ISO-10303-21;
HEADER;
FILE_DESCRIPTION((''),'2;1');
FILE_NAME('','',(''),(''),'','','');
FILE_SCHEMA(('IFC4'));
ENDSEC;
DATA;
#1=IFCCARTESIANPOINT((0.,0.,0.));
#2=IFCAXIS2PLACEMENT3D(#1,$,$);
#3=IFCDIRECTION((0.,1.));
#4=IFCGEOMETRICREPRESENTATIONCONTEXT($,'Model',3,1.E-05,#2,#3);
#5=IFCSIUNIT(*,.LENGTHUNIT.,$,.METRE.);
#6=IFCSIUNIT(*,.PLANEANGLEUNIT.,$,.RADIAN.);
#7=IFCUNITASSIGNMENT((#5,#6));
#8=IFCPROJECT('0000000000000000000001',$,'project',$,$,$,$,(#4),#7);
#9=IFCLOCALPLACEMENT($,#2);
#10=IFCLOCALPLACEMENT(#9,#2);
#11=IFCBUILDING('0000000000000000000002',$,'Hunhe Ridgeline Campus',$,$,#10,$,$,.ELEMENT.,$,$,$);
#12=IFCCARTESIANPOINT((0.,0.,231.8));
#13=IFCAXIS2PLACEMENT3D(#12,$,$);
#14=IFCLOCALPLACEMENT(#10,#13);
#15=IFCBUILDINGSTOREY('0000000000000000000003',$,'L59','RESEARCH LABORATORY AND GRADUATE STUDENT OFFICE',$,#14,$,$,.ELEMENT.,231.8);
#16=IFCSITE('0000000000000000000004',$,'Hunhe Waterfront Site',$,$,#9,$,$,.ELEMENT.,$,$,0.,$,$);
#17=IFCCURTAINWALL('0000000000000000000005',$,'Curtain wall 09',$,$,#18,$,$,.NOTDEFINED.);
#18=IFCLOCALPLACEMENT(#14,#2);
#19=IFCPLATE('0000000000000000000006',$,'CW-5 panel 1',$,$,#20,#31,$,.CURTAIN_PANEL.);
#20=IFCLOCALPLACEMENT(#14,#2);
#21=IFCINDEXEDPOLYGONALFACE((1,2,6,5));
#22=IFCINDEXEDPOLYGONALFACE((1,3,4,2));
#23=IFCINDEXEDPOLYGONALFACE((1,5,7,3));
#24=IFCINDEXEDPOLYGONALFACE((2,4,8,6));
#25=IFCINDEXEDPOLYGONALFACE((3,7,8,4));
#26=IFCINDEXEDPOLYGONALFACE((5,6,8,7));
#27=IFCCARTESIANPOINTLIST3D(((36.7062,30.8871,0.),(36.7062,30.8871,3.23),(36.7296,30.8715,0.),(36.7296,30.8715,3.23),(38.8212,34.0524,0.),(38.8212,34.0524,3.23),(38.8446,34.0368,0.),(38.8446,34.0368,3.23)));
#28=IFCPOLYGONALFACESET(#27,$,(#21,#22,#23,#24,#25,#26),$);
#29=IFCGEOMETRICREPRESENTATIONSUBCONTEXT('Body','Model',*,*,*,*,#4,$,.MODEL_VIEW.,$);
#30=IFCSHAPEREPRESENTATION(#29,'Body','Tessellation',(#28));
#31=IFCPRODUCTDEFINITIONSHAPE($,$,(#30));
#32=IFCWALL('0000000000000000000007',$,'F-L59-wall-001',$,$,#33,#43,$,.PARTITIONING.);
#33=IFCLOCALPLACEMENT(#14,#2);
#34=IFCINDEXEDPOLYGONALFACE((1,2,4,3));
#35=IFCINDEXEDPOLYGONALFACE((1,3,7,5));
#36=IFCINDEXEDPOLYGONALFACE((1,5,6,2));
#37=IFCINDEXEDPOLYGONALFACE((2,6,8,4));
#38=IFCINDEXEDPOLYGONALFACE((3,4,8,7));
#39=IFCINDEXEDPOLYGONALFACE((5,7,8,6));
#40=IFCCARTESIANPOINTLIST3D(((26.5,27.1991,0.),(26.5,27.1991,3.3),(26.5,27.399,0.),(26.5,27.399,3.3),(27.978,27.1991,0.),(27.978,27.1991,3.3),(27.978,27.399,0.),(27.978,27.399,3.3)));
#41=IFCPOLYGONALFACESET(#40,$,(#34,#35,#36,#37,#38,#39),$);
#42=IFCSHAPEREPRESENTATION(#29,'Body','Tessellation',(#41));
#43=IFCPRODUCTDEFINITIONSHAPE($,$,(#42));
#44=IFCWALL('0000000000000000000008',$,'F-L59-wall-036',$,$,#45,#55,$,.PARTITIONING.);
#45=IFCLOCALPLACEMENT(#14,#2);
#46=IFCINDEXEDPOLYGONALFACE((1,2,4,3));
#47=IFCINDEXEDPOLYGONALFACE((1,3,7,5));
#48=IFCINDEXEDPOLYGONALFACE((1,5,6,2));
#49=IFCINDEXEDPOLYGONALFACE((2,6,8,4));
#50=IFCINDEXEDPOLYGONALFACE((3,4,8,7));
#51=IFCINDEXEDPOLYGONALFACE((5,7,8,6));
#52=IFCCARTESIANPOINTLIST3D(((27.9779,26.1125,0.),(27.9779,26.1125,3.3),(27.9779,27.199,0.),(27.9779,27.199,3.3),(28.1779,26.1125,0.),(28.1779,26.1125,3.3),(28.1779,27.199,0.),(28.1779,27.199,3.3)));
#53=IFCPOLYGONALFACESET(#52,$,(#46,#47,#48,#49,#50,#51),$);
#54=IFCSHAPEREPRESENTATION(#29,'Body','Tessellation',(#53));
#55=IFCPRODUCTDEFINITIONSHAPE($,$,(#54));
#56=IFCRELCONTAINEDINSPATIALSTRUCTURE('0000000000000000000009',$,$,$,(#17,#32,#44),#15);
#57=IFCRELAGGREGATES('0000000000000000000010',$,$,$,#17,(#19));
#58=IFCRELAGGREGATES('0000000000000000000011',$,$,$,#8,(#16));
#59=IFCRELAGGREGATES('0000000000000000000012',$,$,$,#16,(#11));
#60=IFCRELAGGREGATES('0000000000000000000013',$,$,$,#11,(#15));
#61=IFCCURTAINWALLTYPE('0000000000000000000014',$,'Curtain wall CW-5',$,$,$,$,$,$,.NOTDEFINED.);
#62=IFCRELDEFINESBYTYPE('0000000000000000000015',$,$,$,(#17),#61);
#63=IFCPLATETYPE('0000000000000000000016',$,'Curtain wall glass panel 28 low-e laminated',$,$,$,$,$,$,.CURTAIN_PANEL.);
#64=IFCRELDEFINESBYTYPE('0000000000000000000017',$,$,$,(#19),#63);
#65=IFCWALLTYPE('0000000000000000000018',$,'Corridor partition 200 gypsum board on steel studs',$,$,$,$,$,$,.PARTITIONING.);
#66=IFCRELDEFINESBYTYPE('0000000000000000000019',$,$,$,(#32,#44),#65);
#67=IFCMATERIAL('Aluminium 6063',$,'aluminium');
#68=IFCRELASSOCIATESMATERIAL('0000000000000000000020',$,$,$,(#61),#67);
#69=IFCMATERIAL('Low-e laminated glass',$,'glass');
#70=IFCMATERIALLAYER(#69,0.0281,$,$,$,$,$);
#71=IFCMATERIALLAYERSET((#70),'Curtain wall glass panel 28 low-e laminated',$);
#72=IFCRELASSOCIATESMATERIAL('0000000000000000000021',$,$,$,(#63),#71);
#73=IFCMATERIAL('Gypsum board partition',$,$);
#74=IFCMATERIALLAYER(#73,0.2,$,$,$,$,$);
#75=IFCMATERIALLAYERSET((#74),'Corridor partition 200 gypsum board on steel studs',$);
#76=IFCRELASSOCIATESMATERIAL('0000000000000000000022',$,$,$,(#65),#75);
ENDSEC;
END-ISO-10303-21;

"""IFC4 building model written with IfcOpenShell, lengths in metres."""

from ifc_helpers import new_model, si_unit, direction, frame, frame_2d, origin, origin_2d, place, context, subcontext, project, spatial, rectangle, extrude, material, layer, layer_set, type_object, element, aggregate, save


model = new_model("IFC4")

# Units and contexts
model_context = context("Model", 3, precision=1e-05, world=origin(), true_north=direction((0.0, 1.0)))
body_context = subcontext(model_context, "Body", "Model", "MODEL_VIEW")
ifc_project = project(units=[si_unit("LENGTHUNIT", "METRE"), si_unit("PLANEANGLEUNIT", "RADIAN")], contexts=[model_context])

# Site, building, storey
site_placement = place(None, origin())
site = spatial("IfcSite", under=ifc_project, at=site_placement, Name="Hunhe Waterfront Site", CompositionType="ELEMENT", RefElevation=0.0)
building_placement = place(site_placement, origin())
building = spatial("IfcBuilding", under=site, at=building_placement, Name="Hunhe Ridgeline Campus", CompositionType="ELEMENT")
storey_placement = place(building_placement, frame((0.0, 0.0, 231.8)))
storey = spatial("IfcBuildingStorey", under=building, at=storey_placement, Name="L59", Description="RESEARCH LABORATORY AND GRADUATE STUDENT OFFICE", CompositionType="ELEMENT", Elevation=231.8)

# Shared definitions
ifc_material_1 = material(Name="Aluminium 6063", Category="aluminium")
curtain_wall_type = type_object("IfcCurtainWallType", Name="Curtain wall CW-5", PredefinedType="NOTDEFINED", material=ifc_material_1)

# Curtain wall
curtain_wall_1_placement = place(storey_placement, origin())
curtain_wall_1 = element("IfcCurtainWall", 1, at=curtain_wall_1_placement, inside=storey, type_object=curtain_wall_type, Name="Curtain wall 09", PredefinedType="NOTDEFINED")

# Plate
ifc_material_2 = material(Name="Low-e laminated glass", Category="glass")
ifc_layer_1 = layer(ifc_material_2, 0.0281)
ifc_layer_set_1 = layer_set([ifc_layer_1], Name="Curtain wall glass panel 28 low-e laminated")
plate_type = type_object("IfcPlateType", Name="Curtain wall glass panel 28 low-e laminated", PredefinedType="CURTAIN_PANEL", material=ifc_layer_set_1)
plate_1_placement = place(storey_placement, frame((37.7754, 32.4619, 0.0), z_axis=(0.0, 0.0, 1.0), x_axis=(0.55557, 0.83147, 0.0)))
plate_1 = element("IfcPlate", 2, at=plate_1_placement, type_object=plate_type, Name="CW-5 panel 1", PredefinedType="CURTAIN_PANEL", context=body_context, shape_type="SweptSolid", body=[
    extrude(rectangle(XDim=3.8069, YDim=0.0281, at=origin_2d()), origin(), (0.0, 0.0, 1.0), 3.23),
])
aggregate(curtain_wall_1, [plate_1])

# Walls
ifc_material_3 = material(Name="Gypsum board partition")
ifc_layer_2 = layer(ifc_material_3, 0.2)
ifc_layer_set_2 = layer_set([ifc_layer_2], Name="Corridor partition 200 gypsum board on steel studs")
wall_type = type_object("IfcWallType", Name="Corridor partition 200 gypsum board on steel studs", PredefinedType="PARTITIONING", material=ifc_layer_set_2)
wall_1_placement = place(storey_placement, frame((26.5, 27.2991, 0.0), z_axis=(0.0, 0.0, 1.0), x_axis=(1.0, 0.0, 0.0)))
element("IfcWall", 3, at=wall_1_placement, inside=storey, type_object=wall_type, Name="F-L59-wall-001", PredefinedType="PARTITIONING", context=body_context, shape_type="SweptSolid", body=[
    extrude(rectangle(XDim=1.478, YDim=0.2, at=frame_2d((0.739, 0.0))), origin(), (0.0, 0.0, 1.0), 3.3),
])
wall_2_placement = place(storey_placement, frame((28.0779, 27.199, 0.0), z_axis=(0.0, 0.0, 1.0), x_axis=(0.0, -1.0, 0.0)))
element("IfcWall", 4, at=wall_2_placement, inside=storey, type_object=wall_type, Name="F-L59-wall-036", PredefinedType="PARTITIONING", context=body_context, shape_type="SweptSolid", body=[
    extrude(rectangle(XDim=1.0864, YDim=0.2, at=frame_2d((0.5432, 0.0))), origin(), (0.0, 0.0, 1.0), 3.3),
])

save(model, "model.ifc")
